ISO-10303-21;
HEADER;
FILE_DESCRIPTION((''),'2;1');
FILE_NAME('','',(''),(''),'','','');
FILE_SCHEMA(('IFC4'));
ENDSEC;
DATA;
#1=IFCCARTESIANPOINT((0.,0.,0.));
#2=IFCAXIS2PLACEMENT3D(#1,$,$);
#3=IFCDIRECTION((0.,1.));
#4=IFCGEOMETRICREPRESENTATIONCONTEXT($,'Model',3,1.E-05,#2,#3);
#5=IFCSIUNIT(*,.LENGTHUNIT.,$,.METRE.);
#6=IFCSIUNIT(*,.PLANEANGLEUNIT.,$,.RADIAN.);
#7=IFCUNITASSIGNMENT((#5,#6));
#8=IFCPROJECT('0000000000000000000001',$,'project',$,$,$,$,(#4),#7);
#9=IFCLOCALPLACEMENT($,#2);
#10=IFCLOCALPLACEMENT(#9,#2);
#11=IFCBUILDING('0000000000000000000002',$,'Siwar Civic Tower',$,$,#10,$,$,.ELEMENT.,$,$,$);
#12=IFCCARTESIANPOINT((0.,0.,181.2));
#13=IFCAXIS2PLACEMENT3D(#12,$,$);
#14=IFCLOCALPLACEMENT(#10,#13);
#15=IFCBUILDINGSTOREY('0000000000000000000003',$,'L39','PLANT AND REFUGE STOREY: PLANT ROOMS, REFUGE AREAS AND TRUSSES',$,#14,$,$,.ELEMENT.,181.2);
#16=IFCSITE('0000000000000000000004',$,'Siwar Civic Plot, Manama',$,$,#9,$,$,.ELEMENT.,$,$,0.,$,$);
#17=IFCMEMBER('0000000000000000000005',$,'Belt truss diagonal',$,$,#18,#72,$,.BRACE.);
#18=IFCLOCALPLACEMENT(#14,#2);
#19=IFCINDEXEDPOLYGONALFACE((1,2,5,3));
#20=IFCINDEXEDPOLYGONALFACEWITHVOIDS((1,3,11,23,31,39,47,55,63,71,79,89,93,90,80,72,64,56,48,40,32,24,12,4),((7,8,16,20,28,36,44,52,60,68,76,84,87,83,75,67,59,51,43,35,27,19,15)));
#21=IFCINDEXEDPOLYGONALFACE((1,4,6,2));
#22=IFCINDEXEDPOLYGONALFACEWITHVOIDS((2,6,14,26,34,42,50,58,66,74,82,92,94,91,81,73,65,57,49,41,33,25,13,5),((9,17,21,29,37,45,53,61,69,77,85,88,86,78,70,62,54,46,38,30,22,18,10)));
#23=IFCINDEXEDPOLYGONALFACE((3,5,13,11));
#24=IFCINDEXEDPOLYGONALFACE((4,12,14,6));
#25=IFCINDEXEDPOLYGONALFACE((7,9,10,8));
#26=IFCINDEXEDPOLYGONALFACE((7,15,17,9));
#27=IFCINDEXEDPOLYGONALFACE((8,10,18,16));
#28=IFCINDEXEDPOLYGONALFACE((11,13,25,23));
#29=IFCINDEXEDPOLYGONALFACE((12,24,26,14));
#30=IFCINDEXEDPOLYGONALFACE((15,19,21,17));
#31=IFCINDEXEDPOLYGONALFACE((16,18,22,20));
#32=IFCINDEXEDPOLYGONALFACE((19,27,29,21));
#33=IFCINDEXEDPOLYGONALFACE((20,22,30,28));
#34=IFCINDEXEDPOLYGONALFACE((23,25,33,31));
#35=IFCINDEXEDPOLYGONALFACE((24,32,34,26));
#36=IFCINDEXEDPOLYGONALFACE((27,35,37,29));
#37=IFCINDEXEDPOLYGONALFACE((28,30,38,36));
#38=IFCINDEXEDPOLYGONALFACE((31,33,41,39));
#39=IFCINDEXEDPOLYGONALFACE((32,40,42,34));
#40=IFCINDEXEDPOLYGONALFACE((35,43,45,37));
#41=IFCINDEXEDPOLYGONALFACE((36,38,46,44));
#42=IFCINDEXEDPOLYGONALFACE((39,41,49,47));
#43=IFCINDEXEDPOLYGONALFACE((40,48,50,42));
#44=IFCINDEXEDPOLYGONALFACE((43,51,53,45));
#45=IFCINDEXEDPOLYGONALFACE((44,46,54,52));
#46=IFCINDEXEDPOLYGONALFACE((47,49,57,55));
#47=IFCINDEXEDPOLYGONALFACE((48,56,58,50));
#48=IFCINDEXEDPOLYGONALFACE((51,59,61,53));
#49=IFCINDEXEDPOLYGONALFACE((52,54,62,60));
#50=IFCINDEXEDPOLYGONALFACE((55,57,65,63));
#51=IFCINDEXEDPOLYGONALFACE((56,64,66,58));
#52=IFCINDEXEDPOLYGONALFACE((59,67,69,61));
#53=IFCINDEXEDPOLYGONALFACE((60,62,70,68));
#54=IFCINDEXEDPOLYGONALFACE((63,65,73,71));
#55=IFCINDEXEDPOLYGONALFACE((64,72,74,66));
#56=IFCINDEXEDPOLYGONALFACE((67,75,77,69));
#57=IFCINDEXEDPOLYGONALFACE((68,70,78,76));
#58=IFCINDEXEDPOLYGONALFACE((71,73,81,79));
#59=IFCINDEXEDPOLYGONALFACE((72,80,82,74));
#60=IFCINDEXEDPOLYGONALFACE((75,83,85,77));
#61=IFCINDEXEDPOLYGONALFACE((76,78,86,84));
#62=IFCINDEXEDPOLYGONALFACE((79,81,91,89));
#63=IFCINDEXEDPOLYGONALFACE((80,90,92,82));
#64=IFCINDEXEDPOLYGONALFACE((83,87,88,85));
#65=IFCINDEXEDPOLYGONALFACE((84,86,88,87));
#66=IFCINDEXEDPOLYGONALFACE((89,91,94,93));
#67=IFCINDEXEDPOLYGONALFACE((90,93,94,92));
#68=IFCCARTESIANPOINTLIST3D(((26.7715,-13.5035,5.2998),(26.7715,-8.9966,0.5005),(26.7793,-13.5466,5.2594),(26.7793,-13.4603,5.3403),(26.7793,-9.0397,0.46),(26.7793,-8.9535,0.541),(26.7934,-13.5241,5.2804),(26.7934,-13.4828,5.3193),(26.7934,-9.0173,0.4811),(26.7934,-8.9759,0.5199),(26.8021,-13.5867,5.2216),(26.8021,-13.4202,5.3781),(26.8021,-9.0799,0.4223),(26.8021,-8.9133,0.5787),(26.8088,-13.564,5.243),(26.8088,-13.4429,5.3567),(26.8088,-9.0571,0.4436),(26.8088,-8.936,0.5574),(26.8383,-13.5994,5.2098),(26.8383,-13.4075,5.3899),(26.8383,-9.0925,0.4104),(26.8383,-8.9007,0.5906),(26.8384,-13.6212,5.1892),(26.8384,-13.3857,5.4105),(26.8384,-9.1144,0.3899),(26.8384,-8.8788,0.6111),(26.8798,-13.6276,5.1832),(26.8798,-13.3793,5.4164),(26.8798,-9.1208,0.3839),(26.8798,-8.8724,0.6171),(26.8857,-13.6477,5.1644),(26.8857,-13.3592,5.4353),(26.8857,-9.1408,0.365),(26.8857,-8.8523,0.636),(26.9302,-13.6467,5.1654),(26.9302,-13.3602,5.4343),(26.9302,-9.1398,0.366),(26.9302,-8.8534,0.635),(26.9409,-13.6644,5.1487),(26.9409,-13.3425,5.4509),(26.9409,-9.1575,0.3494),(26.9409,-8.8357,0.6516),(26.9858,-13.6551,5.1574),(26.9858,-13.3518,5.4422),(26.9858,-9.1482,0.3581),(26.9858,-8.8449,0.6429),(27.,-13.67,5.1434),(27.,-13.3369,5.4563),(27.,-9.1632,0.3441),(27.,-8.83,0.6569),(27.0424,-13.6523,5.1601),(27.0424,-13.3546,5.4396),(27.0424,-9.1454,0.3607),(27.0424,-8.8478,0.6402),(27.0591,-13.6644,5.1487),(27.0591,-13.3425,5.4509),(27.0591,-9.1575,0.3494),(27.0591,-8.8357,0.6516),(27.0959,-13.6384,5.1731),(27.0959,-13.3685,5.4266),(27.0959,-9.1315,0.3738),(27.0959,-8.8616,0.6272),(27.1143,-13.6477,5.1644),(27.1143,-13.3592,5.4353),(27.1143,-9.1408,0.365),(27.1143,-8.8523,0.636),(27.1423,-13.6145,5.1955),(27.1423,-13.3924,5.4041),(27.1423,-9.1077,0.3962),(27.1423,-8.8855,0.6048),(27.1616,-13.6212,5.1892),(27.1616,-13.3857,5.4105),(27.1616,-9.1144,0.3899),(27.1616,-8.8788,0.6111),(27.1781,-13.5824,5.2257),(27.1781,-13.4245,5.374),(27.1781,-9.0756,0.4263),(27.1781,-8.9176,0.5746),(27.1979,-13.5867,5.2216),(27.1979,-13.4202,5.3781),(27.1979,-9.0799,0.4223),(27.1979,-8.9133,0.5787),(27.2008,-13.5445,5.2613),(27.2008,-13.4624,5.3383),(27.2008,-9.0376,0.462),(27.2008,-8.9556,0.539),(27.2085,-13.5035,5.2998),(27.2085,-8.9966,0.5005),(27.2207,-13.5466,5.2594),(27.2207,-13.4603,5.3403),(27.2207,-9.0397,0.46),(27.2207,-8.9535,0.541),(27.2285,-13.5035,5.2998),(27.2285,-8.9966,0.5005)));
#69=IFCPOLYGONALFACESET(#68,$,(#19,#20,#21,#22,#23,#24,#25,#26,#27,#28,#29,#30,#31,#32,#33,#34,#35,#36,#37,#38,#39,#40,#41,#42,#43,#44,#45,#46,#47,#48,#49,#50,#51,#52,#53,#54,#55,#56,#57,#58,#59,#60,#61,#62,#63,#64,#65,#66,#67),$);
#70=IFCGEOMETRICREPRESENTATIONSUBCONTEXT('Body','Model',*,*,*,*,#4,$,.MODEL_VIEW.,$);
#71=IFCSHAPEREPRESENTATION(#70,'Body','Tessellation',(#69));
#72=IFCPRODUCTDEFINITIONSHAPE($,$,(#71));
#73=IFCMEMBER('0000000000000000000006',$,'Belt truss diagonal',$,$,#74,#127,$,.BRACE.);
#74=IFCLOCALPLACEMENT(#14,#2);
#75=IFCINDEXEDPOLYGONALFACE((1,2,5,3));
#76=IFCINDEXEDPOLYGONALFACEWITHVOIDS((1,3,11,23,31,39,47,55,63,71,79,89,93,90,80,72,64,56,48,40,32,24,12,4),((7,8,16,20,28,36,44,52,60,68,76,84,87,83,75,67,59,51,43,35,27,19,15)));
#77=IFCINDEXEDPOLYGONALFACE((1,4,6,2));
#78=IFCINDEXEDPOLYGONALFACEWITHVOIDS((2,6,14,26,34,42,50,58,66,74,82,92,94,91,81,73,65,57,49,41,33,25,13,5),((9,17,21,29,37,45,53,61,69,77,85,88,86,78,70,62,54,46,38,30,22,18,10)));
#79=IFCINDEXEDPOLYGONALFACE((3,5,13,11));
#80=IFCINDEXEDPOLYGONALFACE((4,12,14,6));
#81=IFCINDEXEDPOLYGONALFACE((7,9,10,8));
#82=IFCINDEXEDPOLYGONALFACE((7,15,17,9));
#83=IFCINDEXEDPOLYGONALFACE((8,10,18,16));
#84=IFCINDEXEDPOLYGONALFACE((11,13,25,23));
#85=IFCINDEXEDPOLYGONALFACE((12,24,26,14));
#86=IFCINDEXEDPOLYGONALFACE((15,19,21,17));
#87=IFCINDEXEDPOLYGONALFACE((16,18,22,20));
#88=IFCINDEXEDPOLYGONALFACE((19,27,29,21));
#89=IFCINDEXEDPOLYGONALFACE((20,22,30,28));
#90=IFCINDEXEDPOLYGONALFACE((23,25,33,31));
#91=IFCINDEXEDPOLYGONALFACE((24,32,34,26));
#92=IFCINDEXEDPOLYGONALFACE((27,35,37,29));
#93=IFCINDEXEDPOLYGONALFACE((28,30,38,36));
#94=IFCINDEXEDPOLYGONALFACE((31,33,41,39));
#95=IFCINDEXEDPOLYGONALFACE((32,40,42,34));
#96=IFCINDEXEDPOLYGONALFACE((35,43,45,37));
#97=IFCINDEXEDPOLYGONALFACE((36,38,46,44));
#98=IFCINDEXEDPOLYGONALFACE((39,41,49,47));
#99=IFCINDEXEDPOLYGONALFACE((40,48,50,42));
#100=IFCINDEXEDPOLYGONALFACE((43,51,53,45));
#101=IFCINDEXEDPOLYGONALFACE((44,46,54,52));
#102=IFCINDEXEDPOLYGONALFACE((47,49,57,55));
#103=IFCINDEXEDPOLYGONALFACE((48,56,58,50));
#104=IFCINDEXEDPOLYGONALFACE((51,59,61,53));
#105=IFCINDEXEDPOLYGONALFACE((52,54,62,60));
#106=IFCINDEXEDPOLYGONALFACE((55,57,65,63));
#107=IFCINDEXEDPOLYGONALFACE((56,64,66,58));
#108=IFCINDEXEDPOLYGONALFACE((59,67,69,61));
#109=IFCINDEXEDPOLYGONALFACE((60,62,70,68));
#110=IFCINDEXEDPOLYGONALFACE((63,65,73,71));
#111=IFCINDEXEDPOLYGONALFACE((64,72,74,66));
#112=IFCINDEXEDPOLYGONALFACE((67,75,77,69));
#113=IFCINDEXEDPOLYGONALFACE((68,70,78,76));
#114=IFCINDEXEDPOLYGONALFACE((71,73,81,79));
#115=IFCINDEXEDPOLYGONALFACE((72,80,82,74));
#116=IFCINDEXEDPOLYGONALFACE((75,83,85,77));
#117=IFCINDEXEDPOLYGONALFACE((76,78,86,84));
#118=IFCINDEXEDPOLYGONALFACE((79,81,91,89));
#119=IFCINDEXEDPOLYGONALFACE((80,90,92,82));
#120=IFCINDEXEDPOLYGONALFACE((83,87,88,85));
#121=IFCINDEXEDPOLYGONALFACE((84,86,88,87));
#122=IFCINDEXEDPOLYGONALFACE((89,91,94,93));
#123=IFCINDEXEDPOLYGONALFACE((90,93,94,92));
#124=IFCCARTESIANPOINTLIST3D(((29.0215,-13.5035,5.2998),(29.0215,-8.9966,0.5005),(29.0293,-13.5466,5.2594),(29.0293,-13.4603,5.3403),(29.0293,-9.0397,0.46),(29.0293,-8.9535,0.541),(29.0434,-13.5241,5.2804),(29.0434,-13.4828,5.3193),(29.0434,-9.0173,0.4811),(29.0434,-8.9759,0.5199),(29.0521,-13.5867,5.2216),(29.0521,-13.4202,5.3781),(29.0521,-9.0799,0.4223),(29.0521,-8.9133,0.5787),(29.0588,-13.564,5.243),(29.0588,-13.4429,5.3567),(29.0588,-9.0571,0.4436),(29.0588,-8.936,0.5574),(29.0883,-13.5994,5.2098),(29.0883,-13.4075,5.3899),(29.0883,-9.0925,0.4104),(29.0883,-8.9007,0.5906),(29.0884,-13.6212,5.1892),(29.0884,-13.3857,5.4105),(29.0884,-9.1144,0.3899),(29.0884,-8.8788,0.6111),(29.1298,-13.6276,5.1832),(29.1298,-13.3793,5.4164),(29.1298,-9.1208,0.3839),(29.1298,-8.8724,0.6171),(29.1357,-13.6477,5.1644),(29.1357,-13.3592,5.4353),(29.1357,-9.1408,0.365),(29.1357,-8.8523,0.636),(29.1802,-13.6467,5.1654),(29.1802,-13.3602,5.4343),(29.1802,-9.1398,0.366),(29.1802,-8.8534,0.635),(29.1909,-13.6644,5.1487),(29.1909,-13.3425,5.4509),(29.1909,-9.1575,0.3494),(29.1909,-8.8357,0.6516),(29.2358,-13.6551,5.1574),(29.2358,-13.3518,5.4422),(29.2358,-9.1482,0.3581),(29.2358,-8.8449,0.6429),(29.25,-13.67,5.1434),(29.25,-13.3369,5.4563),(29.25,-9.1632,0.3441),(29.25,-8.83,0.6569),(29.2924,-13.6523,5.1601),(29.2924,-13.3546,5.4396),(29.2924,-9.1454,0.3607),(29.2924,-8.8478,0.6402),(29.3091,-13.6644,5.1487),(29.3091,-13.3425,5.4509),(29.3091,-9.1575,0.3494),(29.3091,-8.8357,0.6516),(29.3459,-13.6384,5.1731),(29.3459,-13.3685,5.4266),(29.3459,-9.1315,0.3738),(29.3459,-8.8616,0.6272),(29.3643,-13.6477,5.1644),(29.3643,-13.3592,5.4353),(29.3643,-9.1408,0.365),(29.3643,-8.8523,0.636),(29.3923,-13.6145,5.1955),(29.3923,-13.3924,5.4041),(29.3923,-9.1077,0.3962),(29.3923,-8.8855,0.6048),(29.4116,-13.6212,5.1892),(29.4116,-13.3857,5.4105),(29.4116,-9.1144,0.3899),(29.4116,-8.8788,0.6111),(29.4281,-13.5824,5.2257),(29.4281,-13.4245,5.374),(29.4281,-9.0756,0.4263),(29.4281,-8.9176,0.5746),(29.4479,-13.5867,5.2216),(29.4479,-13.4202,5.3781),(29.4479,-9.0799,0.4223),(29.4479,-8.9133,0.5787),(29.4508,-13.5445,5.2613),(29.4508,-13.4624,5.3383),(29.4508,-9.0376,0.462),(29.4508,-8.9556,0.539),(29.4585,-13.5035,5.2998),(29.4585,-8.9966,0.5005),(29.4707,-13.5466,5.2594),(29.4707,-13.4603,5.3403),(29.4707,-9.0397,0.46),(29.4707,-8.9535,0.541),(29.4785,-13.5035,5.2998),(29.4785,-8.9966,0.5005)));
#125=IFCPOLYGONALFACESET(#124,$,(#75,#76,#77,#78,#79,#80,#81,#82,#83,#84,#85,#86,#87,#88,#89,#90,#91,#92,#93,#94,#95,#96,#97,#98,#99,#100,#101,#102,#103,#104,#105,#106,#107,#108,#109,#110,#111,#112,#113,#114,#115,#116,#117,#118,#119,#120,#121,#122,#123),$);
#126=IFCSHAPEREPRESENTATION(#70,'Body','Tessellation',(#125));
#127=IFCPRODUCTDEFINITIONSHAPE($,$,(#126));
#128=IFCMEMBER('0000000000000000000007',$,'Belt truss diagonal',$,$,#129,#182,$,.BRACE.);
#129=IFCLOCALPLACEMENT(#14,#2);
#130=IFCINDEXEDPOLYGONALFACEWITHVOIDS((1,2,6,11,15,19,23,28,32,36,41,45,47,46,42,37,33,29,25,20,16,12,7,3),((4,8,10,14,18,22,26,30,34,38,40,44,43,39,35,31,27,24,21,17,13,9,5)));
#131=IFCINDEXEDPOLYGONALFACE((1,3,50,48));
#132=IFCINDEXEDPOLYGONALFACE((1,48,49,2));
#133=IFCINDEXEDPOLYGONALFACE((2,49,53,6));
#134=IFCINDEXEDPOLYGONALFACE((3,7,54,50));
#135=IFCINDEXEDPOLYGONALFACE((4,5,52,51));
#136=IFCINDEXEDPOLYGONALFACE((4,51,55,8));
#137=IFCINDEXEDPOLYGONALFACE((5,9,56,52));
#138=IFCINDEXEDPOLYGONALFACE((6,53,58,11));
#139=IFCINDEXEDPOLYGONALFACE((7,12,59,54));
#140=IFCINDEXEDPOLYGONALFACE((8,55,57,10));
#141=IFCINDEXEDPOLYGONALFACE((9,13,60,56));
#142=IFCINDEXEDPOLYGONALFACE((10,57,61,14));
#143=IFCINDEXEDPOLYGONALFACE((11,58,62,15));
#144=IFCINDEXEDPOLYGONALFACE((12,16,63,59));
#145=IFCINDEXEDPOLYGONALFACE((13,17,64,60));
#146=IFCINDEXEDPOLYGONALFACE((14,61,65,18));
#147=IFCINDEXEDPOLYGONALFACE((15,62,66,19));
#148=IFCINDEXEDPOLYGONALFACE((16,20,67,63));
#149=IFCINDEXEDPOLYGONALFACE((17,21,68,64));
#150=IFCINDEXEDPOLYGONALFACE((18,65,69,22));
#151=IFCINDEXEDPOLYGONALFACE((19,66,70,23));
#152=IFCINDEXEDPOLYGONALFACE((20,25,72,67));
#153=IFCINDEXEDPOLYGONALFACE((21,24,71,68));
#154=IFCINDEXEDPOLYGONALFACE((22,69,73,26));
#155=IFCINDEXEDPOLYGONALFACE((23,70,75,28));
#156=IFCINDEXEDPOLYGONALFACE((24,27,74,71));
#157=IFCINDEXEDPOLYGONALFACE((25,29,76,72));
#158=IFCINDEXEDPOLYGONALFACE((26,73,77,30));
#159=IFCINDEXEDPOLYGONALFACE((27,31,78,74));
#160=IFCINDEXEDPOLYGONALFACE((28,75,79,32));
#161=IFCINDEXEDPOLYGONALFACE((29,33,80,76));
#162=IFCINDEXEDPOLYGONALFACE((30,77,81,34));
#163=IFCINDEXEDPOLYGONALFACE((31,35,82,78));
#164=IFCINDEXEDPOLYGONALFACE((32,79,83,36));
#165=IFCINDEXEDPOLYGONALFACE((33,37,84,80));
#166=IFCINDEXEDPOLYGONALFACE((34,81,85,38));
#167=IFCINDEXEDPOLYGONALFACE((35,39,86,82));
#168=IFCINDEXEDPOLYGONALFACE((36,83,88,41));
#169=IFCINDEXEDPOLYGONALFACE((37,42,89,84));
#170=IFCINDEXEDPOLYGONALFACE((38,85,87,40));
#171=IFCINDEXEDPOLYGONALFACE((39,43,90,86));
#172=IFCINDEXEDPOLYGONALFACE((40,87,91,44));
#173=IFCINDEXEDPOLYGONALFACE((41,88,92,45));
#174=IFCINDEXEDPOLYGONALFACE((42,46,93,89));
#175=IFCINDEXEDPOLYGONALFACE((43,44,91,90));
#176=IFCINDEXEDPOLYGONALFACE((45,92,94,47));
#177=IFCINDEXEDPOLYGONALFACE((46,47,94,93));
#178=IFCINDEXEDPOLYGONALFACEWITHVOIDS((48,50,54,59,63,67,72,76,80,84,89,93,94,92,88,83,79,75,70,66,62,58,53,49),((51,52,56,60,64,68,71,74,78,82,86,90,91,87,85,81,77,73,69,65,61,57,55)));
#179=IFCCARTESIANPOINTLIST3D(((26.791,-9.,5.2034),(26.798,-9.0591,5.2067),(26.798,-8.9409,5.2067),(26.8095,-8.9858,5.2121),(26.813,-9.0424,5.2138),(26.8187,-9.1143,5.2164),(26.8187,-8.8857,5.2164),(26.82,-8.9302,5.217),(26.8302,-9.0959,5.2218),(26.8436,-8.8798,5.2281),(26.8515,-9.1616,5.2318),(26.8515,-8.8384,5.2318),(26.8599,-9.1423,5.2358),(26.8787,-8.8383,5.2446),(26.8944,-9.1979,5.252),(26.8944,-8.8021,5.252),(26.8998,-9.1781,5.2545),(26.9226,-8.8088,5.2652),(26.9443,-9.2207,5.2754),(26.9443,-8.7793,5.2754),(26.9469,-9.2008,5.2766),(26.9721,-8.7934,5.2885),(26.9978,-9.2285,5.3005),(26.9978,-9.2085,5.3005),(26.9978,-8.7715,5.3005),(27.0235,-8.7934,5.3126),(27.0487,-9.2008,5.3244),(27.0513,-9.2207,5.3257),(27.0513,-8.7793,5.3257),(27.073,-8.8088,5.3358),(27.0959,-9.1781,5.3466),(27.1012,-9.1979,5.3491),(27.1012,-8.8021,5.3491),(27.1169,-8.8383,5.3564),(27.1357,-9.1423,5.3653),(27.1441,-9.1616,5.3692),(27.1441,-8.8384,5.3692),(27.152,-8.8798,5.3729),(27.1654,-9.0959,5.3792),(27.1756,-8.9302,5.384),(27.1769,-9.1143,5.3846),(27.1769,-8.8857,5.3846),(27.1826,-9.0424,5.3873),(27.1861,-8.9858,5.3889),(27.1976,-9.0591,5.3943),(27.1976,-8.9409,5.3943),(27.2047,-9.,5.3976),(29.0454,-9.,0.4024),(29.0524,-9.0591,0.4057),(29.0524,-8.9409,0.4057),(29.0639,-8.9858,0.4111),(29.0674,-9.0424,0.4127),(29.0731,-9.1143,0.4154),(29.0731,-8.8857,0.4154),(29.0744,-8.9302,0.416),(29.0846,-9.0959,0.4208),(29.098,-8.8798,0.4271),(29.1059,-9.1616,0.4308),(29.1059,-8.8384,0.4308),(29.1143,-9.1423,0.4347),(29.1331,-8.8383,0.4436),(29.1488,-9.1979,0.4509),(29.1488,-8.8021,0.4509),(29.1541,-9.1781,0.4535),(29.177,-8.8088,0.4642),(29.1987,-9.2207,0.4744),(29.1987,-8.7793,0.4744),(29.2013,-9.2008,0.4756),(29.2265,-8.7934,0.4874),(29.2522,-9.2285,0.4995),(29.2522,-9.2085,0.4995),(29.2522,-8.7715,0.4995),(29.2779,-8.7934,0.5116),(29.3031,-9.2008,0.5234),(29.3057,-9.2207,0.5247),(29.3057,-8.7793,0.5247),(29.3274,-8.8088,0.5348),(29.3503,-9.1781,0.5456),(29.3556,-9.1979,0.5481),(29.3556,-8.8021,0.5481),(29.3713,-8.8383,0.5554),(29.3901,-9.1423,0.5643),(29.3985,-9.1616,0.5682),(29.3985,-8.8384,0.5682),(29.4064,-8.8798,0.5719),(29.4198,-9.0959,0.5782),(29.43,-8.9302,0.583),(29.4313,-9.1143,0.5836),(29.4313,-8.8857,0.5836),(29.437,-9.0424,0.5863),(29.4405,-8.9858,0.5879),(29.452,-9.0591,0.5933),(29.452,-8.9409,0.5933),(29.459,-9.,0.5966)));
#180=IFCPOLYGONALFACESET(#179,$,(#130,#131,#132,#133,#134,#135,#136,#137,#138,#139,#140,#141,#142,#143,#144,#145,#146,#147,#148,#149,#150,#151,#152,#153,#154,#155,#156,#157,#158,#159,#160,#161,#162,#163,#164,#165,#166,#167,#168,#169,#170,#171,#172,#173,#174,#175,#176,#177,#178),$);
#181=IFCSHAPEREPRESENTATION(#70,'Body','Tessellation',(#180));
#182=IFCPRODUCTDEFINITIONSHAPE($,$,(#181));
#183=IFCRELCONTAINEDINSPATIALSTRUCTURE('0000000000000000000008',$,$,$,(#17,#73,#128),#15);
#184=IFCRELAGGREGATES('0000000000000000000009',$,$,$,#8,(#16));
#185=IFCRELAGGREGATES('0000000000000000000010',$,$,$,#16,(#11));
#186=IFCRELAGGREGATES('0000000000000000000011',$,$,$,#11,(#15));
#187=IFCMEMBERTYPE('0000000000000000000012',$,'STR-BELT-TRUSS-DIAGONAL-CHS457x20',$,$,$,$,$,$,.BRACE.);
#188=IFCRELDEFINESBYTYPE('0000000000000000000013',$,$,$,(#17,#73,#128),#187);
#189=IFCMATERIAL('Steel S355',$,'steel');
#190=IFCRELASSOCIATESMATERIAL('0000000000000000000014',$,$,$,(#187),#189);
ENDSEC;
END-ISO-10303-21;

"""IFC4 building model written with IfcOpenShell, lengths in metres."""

from ifc_helpers import new_model, si_unit, direction, frame, origin, origin_2d, place, context, subcontext, project, spatial, hollow_circle, extrude, material, material_profile, profile_set, type_object, element, save


model = new_model("IFC4")

# Units and contexts
model_context = context("Model", 3, precision=1e-05, world=origin(), true_north=direction((0.0, 1.0)))
body_context = subcontext(model_context, "Body", "Model", "MODEL_VIEW")
ifc_project = project(units=[si_unit("LENGTHUNIT", "METRE"), si_unit("PLANEANGLEUNIT", "RADIAN")], contexts=[model_context])

# Site, building, storey
site_placement = place(None, origin())
site = spatial("IfcSite", under=ifc_project, at=site_placement, Name="Siwar Civic Plot, Manama", CompositionType="ELEMENT", RefElevation=0.0)
building_placement = place(site_placement, origin())
building = spatial("IfcBuilding", under=site, at=building_placement, Name="Siwar Civic Tower", CompositionType="ELEMENT")
storey_placement = place(building_placement, frame((0.0, 0.0, 181.2)))
storey = spatial("IfcBuildingStorey", under=building, at=storey_placement, Name="L39", Description="PLANT AND REFUGE STOREY: PLANT ROOMS, REFUGE AREAS AND TRUSSES", CompositionType="ELEMENT", Elevation=181.2)

# Members
ifc_material_1 = material(Name="Steel S355", Category="steel")
ifc_material_profile_1 = material_profile(ifc_material_1, hollow_circle(Radius=0.2285, WallThickness=0.02, at=origin_2d()), Name="CHS457x20")
ifc_profile_set_1 = profile_set([ifc_material_profile_1], Name="Steel S355")
member_type_1 = type_object("IfcMemberType", Name="STR-BELT-TRUSS-DIAGONAL-CHS457x20", PredefinedType="BRACE", material=ifc_profile_set_1)
for number, where, z_axis, x_axis, name in (
    (1, (27.0, -8.9966, 0.5005), (0.0, -0.684545, 0.72897), (1.0, 0.0, 0.0), "Belt truss diagonal"),
    (2, (29.25, -8.9966, 0.5005), (0.0, -0.684545, 0.72897), (1.0, 0.0, 0.0), "Belt truss diagonal"),
):
    element("IfcMember", number, at=place(storey_placement, frame(where, z_axis=z_axis, x_axis=x_axis)), inside=storey, type_object=member_type_1, Name=name, PredefinedType="BRACE", context=body_context, shape_type="SweptSolid", body=[
        extrude(hollow_circle(Radius=0.2285, WallThickness=0.02, at=origin_2d()), origin(), (0.0, 0.0, 1.0), 6.5837),
    ])
member_1_placement = place(storey_placement, frame((29.2522, -9.0, 0.4995), z_axis=(-0.425039, 0.0, 0.905175), x_axis=(0.0, -1.0, 0.0)))
element("IfcMember", 3, at=member_1_placement, inside=storey, type_object=member_type_1, Name="Belt truss diagonal", PredefinedType="BRACE", context=body_context, shape_type="SweptSolid", body=[
    extrude(hollow_circle(Radius=0.2285, WallThickness=0.02, at=origin_2d()), origin(), (0.0, 0.0, 1.0), 5.304),
])

save(model, "model.ifc")
